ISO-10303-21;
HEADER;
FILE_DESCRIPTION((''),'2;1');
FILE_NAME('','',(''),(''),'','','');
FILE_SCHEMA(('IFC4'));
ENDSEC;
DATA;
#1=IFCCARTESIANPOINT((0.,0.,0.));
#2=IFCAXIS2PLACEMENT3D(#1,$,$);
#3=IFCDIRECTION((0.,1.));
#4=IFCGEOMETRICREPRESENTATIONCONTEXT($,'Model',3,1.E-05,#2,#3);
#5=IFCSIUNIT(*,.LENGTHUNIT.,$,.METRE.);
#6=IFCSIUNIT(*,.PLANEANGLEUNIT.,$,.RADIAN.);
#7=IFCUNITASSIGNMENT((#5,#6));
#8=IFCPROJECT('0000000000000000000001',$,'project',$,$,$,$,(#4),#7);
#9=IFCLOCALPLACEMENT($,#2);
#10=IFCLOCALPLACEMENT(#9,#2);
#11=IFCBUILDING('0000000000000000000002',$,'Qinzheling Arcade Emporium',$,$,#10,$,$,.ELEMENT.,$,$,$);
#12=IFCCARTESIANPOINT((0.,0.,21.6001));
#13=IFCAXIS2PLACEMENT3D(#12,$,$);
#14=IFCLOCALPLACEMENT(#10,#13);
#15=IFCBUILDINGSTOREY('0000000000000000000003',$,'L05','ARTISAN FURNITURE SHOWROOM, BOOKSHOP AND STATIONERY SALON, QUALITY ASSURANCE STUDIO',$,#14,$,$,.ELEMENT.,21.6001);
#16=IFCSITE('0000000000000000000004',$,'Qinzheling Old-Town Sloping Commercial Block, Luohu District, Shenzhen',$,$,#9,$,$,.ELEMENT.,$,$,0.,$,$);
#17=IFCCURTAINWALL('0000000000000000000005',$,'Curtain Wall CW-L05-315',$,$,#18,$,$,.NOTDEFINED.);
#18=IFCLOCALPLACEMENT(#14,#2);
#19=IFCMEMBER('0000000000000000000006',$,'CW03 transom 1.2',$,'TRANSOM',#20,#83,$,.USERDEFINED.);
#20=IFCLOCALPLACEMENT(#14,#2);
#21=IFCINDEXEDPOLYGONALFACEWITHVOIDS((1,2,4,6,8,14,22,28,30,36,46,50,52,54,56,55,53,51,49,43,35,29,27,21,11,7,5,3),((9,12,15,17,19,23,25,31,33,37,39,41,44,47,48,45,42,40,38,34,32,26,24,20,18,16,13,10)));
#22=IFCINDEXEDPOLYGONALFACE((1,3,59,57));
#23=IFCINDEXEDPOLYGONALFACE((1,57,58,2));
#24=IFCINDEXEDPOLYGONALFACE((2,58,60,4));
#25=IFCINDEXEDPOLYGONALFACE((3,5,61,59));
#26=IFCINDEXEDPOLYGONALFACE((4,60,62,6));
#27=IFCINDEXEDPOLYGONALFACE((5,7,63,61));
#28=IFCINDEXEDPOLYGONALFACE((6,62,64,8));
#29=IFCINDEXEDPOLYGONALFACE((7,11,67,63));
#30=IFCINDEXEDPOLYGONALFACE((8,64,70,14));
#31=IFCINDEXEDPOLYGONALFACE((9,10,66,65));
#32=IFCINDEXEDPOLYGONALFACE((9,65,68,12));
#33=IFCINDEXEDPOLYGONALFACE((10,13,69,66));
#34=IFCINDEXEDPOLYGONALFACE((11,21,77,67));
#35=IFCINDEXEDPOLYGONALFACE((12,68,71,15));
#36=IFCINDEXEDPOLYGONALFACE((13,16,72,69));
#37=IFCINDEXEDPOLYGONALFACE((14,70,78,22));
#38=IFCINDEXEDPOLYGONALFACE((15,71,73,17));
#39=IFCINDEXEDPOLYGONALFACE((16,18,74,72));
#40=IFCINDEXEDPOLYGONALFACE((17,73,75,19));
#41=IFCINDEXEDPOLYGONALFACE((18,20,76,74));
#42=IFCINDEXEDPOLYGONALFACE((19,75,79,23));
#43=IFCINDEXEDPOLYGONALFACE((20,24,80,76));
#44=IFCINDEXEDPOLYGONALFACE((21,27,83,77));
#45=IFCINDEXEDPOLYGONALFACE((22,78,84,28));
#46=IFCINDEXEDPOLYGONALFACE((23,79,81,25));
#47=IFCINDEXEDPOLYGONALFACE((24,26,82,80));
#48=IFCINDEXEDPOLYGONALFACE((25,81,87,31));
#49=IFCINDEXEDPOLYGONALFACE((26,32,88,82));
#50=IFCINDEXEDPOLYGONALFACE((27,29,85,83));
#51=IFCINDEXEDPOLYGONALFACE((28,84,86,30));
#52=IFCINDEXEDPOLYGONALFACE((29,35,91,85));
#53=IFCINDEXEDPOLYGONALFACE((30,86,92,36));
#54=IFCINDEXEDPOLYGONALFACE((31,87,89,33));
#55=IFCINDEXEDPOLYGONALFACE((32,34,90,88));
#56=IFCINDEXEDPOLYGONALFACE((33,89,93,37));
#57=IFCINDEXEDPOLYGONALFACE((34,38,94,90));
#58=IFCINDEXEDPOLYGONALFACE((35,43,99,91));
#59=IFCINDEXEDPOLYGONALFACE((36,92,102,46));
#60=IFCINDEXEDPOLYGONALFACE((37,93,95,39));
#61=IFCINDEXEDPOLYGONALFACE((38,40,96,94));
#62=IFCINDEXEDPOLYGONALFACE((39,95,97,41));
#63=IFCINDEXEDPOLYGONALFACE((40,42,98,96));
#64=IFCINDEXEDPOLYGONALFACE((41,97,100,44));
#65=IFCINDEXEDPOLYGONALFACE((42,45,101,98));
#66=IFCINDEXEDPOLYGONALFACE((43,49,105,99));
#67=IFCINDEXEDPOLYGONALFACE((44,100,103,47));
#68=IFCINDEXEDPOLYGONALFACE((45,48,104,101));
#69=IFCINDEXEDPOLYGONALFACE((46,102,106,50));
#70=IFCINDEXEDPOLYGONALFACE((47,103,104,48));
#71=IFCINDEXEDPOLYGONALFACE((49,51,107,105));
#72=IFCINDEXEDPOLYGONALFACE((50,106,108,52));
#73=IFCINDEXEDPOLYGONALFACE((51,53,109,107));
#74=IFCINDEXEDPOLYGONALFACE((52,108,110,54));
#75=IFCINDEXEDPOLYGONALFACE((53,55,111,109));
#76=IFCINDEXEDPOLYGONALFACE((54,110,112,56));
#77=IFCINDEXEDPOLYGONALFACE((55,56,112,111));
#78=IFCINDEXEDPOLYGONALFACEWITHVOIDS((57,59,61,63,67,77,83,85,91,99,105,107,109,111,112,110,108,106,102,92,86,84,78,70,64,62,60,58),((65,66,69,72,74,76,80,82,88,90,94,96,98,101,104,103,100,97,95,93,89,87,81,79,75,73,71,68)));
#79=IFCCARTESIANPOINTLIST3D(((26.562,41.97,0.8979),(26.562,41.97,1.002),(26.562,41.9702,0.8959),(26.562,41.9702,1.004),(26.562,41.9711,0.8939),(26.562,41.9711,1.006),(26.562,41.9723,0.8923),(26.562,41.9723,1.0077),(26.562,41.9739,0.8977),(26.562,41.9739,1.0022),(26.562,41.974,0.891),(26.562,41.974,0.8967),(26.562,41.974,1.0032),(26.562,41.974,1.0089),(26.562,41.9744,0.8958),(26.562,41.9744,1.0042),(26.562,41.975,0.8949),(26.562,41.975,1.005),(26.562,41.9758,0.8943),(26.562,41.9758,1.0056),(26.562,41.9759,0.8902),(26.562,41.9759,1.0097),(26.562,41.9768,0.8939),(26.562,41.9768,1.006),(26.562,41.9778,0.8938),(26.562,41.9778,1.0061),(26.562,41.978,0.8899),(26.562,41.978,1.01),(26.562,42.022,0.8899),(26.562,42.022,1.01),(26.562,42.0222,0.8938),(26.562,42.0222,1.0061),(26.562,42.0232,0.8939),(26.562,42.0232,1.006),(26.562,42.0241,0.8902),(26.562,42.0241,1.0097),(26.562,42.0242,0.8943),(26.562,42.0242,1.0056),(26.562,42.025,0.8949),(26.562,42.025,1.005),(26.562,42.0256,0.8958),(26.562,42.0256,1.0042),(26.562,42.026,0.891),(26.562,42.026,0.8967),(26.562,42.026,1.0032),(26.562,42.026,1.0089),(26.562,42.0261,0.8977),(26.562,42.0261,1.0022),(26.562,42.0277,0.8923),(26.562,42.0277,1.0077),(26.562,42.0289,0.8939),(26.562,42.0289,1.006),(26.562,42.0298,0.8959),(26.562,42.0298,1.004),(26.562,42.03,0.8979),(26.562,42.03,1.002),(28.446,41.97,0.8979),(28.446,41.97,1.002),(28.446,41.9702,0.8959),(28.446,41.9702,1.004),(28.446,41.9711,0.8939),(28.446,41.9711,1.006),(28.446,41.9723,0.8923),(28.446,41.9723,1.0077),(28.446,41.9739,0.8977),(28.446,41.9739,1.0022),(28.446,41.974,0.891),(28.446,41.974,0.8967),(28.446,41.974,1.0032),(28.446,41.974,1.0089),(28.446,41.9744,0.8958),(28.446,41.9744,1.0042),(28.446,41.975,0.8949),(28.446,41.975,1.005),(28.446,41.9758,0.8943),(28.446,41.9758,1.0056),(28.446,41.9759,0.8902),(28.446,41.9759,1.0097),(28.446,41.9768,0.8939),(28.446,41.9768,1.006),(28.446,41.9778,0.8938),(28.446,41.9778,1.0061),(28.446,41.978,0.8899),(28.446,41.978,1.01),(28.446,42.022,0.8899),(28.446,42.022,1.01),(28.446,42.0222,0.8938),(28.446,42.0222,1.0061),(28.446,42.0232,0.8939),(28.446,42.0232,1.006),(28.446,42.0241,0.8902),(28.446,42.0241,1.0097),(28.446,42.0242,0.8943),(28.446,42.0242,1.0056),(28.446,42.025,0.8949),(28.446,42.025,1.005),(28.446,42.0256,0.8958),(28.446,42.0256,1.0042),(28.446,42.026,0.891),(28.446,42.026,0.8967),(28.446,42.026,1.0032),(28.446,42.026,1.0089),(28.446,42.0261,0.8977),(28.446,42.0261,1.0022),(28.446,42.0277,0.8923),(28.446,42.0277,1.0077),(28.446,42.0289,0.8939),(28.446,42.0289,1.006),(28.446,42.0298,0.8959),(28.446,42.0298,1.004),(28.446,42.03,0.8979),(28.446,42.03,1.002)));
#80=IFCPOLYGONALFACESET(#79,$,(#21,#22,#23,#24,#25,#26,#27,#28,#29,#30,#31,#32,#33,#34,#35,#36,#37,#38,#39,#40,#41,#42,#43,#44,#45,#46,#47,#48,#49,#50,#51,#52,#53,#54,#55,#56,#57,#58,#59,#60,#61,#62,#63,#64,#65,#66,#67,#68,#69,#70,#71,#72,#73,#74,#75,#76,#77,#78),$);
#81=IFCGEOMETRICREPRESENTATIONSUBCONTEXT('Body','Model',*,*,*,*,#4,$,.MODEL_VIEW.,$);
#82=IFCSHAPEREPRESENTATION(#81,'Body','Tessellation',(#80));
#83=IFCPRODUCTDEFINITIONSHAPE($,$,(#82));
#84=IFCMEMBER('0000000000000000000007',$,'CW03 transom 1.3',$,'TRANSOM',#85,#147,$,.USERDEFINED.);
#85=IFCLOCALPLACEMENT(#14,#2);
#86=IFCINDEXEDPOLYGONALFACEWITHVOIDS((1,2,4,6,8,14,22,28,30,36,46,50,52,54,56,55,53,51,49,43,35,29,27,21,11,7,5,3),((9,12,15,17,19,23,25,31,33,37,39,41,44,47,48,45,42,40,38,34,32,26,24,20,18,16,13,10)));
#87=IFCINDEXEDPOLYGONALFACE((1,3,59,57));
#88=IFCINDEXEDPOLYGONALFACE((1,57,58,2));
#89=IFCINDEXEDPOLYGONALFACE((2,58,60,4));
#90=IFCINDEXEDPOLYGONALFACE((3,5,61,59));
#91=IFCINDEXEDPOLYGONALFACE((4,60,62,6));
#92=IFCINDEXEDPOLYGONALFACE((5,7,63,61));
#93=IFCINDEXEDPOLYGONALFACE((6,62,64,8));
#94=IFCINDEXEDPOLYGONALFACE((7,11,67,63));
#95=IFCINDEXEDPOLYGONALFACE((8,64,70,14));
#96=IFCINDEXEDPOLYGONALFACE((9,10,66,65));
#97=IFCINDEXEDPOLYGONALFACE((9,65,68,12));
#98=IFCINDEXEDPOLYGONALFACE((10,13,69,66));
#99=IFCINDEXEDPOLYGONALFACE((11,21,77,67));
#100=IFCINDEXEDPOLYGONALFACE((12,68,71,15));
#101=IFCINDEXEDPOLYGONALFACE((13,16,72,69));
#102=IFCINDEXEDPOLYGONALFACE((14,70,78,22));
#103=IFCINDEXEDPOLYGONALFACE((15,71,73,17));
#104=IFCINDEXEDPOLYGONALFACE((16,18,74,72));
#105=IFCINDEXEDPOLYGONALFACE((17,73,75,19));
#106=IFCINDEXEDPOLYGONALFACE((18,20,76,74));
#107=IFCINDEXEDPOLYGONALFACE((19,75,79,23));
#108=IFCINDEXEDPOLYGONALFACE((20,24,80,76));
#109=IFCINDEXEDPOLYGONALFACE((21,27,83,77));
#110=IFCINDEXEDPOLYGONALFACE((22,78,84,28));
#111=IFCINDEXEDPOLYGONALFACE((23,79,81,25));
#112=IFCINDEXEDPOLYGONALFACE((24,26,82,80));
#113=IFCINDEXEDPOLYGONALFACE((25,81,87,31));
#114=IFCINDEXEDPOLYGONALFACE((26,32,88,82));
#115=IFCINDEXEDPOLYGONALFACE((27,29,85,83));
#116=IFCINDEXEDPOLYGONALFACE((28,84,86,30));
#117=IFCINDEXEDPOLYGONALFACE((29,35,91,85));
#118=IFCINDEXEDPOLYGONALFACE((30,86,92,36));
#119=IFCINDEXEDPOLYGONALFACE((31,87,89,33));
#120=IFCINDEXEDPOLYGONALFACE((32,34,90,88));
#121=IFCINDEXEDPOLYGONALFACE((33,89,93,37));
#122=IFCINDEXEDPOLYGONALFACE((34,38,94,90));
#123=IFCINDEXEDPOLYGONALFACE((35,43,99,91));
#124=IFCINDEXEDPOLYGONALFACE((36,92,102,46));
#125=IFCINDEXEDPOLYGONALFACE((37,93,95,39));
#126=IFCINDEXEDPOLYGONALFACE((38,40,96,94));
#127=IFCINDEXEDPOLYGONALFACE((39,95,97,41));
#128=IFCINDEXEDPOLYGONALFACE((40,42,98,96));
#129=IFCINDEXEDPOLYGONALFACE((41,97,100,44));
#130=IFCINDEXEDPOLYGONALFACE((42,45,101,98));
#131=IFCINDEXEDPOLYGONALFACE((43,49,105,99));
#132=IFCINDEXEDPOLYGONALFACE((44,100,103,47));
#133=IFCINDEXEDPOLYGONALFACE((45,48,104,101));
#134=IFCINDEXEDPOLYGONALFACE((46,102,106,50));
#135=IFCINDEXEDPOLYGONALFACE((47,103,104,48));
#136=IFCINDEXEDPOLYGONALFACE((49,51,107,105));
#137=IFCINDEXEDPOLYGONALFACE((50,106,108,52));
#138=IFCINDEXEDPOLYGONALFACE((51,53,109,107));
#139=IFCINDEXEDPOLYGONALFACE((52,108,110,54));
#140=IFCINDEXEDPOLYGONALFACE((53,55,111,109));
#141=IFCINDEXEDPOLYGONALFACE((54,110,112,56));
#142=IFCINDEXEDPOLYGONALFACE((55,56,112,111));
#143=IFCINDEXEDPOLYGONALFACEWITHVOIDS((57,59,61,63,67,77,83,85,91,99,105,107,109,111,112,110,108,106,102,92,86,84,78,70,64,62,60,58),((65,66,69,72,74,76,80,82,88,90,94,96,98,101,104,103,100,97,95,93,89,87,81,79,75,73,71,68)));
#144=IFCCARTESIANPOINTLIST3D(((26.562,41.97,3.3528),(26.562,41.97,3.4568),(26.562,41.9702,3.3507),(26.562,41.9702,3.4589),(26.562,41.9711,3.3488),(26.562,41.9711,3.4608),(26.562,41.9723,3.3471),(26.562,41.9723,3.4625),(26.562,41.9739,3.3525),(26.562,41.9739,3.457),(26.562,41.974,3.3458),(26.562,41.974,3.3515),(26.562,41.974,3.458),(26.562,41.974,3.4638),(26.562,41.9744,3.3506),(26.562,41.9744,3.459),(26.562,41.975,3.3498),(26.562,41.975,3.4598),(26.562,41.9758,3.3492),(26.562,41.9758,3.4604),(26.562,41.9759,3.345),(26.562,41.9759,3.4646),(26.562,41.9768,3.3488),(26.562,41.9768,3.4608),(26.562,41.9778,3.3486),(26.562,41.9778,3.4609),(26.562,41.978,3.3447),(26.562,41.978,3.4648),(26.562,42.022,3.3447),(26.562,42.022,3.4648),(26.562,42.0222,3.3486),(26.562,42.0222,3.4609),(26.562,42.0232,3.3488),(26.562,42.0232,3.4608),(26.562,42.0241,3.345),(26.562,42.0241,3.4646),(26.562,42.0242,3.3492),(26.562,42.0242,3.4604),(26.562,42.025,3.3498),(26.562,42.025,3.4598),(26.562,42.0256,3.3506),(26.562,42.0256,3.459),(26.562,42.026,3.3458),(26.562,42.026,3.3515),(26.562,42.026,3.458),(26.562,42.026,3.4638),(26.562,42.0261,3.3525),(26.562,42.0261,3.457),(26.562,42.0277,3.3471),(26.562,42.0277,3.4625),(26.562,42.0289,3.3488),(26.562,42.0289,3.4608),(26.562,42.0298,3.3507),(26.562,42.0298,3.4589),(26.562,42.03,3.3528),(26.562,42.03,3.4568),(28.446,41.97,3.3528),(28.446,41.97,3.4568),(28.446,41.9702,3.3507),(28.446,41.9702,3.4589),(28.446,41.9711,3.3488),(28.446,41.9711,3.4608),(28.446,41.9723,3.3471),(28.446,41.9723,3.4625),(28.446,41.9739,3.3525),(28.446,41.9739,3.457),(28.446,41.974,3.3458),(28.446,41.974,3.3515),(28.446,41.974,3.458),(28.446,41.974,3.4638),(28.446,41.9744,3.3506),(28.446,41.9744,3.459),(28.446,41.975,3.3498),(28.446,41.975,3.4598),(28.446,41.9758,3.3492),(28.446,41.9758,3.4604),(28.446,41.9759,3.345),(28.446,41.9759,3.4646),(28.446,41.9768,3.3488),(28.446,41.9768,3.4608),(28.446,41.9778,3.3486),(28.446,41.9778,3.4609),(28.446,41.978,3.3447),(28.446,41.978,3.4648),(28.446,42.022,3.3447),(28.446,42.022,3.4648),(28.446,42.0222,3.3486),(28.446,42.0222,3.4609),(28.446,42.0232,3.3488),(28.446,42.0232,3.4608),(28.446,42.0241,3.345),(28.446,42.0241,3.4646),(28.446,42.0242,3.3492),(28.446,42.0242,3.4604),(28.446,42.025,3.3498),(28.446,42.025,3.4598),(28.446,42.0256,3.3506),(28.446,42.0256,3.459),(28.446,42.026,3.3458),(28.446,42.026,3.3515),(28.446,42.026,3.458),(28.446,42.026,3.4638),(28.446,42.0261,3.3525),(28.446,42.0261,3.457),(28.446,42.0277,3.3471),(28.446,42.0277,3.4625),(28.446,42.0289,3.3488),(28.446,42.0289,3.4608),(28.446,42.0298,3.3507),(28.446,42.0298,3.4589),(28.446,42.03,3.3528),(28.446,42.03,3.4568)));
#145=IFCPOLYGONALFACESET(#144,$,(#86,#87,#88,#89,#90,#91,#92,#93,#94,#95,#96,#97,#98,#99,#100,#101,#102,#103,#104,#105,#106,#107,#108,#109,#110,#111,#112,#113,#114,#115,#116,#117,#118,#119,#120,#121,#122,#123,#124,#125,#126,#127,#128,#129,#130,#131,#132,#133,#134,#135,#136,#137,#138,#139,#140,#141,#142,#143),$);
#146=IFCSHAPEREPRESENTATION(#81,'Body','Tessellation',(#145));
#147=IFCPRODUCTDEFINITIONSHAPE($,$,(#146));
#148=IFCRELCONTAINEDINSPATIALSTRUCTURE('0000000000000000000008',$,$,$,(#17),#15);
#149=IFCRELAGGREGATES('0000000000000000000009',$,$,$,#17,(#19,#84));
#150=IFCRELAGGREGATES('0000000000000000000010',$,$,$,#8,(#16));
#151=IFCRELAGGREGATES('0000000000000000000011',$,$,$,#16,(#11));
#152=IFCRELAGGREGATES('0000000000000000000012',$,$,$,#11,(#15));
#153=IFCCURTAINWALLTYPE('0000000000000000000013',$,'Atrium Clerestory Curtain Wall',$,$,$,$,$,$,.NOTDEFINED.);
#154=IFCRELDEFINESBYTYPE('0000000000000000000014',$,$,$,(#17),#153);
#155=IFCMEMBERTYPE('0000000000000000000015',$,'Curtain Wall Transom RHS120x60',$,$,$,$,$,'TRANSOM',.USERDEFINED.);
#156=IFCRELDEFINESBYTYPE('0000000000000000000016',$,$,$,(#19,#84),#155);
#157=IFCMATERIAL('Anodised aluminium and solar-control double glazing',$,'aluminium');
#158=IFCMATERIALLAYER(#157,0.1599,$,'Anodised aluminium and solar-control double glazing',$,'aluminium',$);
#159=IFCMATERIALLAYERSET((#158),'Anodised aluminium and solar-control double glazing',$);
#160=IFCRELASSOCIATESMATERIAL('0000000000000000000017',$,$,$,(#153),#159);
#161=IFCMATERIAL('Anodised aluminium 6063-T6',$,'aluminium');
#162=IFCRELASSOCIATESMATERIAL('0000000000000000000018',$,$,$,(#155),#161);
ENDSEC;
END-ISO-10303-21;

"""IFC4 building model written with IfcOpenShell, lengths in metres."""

from ifc_helpers import new_model, si_unit, direction, frame, origin, origin_2d, place, context, subcontext, project, spatial, hollow_rectangle, extrude, material, layer, layer_set, material_profile, profile_set, type_object, element, aggregate, save


model = new_model("IFC4")

# Units and contexts
model_context = context("Model", 3, precision=1e-05, world=origin(), true_north=direction((0.0, 1.0)))
body_context = subcontext(model_context, "Body", "Model", "MODEL_VIEW")
ifc_project = project(units=[si_unit("LENGTHUNIT", "METRE"), si_unit("PLANEANGLEUNIT", "RADIAN")], contexts=[model_context])

# Site, building, storey
site_placement = place(None, origin())
site = spatial("IfcSite", under=ifc_project, at=site_placement, Name="Qinzheling Old-Town Sloping Commercial Block, Luohu District, Shenzhen", CompositionType="ELEMENT", RefElevation=0.0)
building_placement = place(site_placement, origin())
building = spatial("IfcBuilding", under=site, at=building_placement, Name="Qinzheling Arcade Emporium", CompositionType="ELEMENT")
storey_placement = place(building_placement, frame((0.0, 0.0, 21.6001)))
storey = spatial("IfcBuildingStorey", under=building, at=storey_placement, Name="L05", Description="ARTISAN FURNITURE SHOWROOM, BOOKSHOP AND STATIONERY SALON, QUALITY ASSURANCE STUDIO", CompositionType="ELEMENT", Elevation=21.6001)

# Curtain wall
ifc_material_1 = material(Name="Anodised aluminium and solar-control double glazing", Category="aluminium")
ifc_layer_1 = layer(ifc_material_1, 0.1599, Name="Anodised aluminium and solar-control double glazing", Category="aluminium")
ifc_layer_set_1 = layer_set([ifc_layer_1], Name="Anodised aluminium and solar-control double glazing")
curtain_wall_type = type_object("IfcCurtainWallType", Name="Atrium Clerestory Curtain Wall", PredefinedType="NOTDEFINED", material=ifc_layer_set_1)
ifc_material_2 = material(Name="Anodised aluminium 6063-T6", Category="aluminium")
curtain_wall_1_placement = place(storey_placement, origin())
curtain_wall_1 = element("IfcCurtainWall", 1, at=curtain_wall_1_placement, inside=storey, type_object=curtain_wall_type, Name="Curtain Wall CW-L05-315", PredefinedType="NOTDEFINED")

# Members
ifc_material_profile_1 = material_profile(ifc_material_2, hollow_rectangle(XDim=0.0601, YDim=0.1201, WallThickness=0.0039, InnerFilletRadius=0.0039, OuterFilletRadius=0.0081, at=origin_2d()), Name="RHS 120x60x4", Category="aluminium")
ifc_profile_set_1 = profile_set([ifc_material_profile_1], Name="Anodised aluminium 6063-T6")
member_type_1 = type_object("IfcMemberType", Name="Curtain Wall Transom RHS120x60", ElementType="TRANSOM", PredefinedType="USERDEFINED", material=ifc_profile_set_1)
member_1_placement = place(storey_placement, frame((26.562, 42.0, 0.95), z_axis=(1.0, 0.0, 0.0), x_axis=(0.0, 1.0, 0.0)))
member_1 = element("IfcMember", 2, at=member_1_placement, type_object=member_type_1, Name="CW03 transom 1.2", ObjectType="TRANSOM", PredefinedType="USERDEFINED", context=body_context, shape_type="SweptSolid", body=[
    extrude(hollow_rectangle(XDim=0.0601, YDim=0.1201, WallThickness=0.0039, InnerFilletRadius=0.0039, OuterFilletRadius=0.0081, at=origin_2d()), origin(), (0.0, 0.0, 1.0), 1.884),
])
member_2_placement = place(storey_placement, frame((26.562, 42.0, 3.4048), z_axis=(1.0, 0.0, 0.0), x_axis=(0.0, 1.0, 0.0)))
member_2 = element("IfcMember", 3, at=member_2_placement, type_object=member_type_1, Name="CW03 transom 1.3", ObjectType="TRANSOM", PredefinedType="USERDEFINED", context=body_context, shape_type="SweptSolid", body=[
    extrude(hollow_rectangle(XDim=0.0601, YDim=0.1201, WallThickness=0.0039, InnerFilletRadius=0.0039, OuterFilletRadius=0.0081, at=origin_2d()), origin(), (0.0, 0.0, 1.0), 1.884),
])

aggregate(curtain_wall_1, [member_1, member_2])

save(model, "model.ifc")
